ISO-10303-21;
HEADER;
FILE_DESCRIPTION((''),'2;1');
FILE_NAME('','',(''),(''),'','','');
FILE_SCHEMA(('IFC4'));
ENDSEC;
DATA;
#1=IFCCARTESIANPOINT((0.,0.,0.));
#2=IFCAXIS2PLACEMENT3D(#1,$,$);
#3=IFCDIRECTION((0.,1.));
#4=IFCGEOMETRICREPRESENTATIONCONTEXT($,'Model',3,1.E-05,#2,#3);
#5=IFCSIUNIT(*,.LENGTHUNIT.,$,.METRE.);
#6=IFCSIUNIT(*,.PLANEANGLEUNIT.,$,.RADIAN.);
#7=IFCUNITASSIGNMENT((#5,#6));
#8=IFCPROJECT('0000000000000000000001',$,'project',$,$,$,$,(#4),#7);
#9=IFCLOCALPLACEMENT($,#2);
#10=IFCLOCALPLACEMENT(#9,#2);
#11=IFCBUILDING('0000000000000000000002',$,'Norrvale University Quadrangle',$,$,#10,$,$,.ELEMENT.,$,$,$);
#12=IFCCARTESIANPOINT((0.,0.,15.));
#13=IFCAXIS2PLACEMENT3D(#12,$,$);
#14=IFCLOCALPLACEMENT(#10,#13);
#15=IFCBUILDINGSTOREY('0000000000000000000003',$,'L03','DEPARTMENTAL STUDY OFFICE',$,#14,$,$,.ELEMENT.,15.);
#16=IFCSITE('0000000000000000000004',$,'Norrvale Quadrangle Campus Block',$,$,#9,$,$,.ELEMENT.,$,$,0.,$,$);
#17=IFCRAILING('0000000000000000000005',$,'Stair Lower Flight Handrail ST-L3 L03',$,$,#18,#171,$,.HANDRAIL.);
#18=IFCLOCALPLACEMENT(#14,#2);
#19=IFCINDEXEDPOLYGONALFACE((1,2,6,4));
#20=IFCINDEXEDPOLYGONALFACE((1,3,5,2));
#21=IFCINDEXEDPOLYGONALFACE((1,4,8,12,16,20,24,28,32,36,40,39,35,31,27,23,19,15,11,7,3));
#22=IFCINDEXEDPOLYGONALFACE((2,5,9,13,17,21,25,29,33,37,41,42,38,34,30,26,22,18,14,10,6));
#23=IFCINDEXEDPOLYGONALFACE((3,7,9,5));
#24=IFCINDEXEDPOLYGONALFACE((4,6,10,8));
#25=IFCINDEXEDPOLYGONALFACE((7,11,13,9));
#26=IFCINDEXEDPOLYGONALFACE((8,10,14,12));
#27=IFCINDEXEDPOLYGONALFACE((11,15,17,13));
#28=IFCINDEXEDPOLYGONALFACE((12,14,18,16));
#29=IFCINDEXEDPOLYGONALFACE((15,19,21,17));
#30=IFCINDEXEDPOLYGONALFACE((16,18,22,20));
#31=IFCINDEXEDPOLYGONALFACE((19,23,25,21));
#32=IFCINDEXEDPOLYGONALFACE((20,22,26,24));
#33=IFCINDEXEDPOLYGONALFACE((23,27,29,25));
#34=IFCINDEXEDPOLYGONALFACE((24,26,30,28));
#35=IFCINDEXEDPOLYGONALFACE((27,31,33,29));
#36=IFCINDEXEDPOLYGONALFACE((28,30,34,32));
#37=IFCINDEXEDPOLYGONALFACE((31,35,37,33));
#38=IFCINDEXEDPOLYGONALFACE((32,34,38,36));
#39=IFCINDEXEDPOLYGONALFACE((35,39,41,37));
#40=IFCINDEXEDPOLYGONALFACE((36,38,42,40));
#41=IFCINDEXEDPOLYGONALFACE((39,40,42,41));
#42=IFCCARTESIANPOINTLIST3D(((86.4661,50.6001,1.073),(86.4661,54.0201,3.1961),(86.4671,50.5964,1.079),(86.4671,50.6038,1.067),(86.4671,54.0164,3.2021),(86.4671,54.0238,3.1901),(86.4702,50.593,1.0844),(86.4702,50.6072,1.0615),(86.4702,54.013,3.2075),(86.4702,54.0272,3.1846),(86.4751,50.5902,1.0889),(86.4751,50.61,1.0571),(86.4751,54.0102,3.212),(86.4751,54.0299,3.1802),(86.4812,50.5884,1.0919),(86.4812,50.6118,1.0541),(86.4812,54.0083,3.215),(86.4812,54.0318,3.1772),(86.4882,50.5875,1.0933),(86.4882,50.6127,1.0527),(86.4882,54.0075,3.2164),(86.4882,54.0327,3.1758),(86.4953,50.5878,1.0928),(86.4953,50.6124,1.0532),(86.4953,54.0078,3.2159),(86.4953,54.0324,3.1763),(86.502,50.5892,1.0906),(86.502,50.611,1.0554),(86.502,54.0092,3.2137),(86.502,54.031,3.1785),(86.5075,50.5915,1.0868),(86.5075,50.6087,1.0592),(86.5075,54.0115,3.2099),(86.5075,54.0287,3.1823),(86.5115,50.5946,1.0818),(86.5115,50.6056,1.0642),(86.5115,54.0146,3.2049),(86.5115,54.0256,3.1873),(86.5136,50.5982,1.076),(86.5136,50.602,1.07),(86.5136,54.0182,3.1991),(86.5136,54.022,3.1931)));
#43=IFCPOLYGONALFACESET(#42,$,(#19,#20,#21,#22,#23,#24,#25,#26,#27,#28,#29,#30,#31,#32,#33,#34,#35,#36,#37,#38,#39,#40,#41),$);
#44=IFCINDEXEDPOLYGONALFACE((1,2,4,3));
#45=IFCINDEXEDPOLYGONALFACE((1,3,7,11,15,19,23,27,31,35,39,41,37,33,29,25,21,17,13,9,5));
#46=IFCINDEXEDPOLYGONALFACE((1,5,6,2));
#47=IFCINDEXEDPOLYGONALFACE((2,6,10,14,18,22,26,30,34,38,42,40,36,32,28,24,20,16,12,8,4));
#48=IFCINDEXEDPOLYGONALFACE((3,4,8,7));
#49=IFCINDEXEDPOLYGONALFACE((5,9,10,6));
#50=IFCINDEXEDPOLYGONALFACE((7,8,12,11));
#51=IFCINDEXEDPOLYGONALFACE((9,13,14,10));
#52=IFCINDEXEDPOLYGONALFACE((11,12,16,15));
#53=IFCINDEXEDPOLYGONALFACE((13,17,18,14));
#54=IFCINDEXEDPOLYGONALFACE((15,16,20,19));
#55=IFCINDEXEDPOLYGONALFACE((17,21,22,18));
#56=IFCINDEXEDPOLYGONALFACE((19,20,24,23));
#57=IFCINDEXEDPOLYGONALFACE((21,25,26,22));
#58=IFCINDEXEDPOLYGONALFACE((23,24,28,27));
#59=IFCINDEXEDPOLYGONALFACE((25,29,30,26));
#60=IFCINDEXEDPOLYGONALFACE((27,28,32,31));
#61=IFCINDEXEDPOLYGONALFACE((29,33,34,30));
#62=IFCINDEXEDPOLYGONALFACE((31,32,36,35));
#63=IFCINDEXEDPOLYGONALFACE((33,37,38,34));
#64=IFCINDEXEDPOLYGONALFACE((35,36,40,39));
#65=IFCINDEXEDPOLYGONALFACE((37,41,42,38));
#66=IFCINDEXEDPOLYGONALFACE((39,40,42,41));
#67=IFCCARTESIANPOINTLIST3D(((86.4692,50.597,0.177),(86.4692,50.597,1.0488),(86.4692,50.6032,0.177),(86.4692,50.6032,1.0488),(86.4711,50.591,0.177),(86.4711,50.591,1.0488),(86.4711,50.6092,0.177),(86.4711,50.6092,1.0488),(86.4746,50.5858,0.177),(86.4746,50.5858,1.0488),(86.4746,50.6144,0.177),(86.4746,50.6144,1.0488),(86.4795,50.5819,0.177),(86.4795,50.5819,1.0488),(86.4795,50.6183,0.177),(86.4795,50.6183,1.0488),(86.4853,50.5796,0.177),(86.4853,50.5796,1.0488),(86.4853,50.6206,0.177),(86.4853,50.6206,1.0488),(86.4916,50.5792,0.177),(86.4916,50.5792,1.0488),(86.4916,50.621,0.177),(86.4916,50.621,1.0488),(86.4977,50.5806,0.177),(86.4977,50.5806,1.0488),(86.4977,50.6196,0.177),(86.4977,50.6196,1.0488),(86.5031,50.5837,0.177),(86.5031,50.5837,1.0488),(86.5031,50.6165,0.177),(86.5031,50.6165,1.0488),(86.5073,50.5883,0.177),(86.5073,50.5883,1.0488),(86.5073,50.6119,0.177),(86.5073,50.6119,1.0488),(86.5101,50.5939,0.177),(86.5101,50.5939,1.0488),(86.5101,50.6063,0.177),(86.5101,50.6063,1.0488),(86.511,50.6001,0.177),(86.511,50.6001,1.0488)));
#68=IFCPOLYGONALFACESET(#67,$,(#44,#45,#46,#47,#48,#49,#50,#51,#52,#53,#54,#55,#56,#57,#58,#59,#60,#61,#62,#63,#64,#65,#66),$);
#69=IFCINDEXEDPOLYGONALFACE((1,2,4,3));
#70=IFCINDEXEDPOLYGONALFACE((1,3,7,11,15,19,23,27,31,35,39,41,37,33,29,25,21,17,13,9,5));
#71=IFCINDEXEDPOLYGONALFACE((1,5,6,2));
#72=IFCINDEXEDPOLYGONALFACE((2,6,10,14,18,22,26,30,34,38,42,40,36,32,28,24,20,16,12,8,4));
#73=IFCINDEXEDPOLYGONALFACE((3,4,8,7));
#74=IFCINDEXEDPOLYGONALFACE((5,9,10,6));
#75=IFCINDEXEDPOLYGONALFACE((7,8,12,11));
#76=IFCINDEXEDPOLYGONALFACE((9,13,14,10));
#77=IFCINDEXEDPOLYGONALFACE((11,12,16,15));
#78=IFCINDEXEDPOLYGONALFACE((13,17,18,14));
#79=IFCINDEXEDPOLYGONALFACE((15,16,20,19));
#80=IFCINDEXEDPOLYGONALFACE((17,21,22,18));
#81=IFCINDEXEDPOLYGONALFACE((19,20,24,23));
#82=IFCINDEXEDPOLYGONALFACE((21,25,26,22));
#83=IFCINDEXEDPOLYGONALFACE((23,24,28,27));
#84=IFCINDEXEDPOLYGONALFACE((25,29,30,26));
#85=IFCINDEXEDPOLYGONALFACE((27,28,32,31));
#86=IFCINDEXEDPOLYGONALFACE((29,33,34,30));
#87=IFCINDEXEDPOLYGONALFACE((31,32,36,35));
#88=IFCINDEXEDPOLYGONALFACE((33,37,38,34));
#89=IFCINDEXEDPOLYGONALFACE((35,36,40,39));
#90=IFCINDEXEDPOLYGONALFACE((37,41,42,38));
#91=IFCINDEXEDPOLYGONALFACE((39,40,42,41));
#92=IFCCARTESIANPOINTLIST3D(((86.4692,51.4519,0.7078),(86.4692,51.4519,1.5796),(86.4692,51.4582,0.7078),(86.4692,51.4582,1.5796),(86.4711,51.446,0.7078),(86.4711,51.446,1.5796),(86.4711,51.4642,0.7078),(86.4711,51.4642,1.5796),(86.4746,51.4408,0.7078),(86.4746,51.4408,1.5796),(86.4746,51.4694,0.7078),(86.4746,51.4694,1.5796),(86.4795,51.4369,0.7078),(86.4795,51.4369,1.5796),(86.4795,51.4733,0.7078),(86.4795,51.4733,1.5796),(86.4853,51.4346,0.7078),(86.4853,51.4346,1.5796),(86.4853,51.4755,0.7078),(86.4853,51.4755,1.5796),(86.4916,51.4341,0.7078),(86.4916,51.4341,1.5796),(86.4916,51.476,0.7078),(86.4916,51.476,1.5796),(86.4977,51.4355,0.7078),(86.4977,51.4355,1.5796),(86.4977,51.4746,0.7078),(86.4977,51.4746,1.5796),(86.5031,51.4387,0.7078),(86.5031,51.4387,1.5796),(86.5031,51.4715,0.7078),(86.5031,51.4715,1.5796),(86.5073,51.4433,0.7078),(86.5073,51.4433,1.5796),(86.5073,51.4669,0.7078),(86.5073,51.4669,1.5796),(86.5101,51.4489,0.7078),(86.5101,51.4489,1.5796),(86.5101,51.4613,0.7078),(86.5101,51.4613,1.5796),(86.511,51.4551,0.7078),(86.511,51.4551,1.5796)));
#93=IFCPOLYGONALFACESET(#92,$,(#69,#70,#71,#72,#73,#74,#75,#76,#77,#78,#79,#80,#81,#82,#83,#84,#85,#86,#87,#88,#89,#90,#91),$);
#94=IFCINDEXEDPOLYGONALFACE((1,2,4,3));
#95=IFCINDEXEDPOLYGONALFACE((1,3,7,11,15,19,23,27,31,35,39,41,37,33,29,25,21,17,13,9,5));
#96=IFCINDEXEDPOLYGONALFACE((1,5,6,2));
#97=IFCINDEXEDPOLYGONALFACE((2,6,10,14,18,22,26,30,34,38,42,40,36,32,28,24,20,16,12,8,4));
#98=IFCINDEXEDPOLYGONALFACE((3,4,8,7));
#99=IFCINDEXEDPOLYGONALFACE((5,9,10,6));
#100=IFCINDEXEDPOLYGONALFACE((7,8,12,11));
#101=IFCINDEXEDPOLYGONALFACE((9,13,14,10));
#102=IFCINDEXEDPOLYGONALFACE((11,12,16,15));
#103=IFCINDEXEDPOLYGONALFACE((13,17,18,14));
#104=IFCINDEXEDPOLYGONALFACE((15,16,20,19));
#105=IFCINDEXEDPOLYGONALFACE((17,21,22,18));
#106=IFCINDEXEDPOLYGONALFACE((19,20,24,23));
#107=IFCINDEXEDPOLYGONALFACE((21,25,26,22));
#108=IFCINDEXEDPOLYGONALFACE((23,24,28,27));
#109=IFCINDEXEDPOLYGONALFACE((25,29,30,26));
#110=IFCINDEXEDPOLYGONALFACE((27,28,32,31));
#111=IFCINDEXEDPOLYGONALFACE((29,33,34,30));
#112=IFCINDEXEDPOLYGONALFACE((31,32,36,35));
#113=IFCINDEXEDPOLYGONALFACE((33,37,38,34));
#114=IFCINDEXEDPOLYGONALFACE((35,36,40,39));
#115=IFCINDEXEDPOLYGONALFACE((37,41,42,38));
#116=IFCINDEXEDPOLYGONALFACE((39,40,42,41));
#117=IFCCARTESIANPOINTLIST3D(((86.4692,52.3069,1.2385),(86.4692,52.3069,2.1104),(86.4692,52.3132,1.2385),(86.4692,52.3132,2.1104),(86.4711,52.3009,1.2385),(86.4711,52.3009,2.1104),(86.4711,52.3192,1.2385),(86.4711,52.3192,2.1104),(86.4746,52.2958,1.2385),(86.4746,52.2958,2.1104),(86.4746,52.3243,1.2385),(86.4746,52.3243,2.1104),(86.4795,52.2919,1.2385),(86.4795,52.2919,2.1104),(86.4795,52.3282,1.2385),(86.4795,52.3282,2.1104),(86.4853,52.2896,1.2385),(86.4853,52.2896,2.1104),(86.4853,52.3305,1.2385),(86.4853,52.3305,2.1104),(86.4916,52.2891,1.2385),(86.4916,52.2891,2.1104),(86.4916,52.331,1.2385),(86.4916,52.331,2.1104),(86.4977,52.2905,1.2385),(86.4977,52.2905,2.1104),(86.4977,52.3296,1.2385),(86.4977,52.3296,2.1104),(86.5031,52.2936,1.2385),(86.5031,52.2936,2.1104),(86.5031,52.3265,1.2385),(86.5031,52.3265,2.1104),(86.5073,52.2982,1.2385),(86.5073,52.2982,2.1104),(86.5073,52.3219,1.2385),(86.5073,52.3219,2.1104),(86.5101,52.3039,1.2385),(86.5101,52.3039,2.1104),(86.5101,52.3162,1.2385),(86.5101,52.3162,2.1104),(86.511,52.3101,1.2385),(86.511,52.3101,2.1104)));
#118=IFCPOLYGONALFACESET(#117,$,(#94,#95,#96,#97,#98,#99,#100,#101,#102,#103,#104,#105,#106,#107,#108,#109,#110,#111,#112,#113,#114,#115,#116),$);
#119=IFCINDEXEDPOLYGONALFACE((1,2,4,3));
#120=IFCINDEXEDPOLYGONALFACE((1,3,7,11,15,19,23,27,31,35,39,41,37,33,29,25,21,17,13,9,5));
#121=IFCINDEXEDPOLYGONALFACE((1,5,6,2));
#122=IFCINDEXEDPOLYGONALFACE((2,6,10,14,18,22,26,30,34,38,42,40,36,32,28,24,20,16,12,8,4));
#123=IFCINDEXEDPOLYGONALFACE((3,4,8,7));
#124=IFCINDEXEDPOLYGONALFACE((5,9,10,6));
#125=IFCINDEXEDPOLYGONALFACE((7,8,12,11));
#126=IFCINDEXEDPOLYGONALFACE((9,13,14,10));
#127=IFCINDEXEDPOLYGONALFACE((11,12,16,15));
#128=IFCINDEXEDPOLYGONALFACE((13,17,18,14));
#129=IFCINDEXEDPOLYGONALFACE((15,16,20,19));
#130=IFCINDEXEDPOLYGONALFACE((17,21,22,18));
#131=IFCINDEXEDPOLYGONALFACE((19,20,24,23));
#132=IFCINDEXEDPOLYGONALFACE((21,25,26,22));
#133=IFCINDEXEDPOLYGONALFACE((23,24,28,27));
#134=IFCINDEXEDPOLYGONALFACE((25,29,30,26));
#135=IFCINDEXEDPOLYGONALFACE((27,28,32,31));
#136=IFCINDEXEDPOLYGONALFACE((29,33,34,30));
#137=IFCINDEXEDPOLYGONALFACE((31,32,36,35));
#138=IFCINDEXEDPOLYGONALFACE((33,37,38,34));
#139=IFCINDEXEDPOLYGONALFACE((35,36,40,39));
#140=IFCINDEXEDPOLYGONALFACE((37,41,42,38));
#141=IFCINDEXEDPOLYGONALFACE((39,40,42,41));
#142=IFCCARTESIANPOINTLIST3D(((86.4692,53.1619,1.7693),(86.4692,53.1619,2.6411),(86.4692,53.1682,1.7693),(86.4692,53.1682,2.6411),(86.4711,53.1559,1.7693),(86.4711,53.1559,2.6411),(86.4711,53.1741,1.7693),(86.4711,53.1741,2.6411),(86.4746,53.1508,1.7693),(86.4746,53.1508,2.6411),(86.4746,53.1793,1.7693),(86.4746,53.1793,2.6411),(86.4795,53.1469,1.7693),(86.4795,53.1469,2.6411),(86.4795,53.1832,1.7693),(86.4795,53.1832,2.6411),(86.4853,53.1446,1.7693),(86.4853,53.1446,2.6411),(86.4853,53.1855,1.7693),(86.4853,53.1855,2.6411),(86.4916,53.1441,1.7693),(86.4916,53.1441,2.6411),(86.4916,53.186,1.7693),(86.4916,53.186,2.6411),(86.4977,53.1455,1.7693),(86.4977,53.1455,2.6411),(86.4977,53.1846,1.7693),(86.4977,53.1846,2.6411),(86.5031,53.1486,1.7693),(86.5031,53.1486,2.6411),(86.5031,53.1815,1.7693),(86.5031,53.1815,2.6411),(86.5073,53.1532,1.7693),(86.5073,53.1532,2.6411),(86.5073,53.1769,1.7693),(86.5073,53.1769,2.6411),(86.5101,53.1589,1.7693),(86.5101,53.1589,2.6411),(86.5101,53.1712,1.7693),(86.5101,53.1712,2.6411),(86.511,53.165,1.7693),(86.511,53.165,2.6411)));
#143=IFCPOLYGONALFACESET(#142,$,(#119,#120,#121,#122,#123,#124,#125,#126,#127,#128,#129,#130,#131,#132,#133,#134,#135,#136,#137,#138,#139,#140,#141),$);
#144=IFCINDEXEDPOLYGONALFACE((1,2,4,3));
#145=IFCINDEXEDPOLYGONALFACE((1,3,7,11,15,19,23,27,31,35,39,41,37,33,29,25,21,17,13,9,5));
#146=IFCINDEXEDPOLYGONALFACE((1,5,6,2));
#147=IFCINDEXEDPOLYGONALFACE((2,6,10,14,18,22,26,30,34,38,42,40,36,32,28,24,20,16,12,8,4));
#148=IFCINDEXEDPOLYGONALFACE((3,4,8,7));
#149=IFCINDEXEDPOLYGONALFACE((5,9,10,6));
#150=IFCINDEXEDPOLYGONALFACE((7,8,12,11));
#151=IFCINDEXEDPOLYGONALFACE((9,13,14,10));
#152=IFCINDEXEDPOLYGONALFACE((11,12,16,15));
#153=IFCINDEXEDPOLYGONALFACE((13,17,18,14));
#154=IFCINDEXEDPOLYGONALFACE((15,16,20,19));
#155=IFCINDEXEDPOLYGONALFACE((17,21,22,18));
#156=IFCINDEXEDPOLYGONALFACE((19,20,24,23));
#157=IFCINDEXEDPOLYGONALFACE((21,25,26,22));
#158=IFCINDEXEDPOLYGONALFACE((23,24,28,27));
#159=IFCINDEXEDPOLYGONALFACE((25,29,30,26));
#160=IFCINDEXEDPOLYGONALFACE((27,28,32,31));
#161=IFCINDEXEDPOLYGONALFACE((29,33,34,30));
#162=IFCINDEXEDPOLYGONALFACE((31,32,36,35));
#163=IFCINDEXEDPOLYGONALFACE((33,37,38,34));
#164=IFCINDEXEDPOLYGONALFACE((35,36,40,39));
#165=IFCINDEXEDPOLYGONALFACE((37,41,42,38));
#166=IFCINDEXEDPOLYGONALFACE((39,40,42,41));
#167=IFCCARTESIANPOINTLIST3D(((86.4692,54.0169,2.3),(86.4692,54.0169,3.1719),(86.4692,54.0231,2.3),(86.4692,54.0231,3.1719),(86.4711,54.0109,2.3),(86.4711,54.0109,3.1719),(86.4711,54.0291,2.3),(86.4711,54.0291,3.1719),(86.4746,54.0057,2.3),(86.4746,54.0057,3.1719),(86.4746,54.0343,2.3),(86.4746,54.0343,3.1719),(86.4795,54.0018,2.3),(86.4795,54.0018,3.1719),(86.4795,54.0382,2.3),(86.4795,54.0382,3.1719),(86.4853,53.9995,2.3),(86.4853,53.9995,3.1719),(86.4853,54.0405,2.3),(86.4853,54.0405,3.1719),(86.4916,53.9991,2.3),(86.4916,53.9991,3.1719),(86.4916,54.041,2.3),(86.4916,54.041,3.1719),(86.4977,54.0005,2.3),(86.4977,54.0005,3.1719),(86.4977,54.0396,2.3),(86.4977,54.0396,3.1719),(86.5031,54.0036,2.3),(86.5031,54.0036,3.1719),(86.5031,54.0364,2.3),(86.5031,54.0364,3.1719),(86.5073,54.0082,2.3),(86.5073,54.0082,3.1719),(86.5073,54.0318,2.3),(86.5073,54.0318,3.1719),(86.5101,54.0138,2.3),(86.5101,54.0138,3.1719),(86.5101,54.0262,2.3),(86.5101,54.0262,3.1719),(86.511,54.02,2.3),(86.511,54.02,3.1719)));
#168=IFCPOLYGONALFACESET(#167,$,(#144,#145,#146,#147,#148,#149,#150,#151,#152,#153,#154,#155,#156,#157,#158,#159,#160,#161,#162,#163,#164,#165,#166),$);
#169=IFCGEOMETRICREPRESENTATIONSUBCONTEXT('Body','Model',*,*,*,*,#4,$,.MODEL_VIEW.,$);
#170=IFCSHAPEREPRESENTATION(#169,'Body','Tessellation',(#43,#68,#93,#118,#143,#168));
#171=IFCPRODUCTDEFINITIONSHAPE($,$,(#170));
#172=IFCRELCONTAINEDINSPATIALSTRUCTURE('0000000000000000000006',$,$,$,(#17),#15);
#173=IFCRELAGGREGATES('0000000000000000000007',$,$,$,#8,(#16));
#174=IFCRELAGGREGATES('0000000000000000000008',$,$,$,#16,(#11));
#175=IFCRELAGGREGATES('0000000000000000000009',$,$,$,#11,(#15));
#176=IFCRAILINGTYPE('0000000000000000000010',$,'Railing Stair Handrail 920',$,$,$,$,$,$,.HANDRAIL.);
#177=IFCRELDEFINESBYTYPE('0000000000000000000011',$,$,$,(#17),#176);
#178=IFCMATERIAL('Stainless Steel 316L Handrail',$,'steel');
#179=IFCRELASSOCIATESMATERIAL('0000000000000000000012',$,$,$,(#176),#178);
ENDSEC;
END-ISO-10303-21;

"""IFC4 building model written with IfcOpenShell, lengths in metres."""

from ifc_helpers import new_model, si_unit, direction, frame, origin, origin_2d, place, context, subcontext, project, spatial, circle, extrude, material, type_object, element, save


model = new_model("IFC4")

# Units and contexts
model_context = context("Model", 3, precision=1e-05, world=origin(), true_north=direction((0.0, 1.0)))
body_context = subcontext(model_context, "Body", "Model", "MODEL_VIEW")
ifc_project = project(units=[si_unit("LENGTHUNIT", "METRE"), si_unit("PLANEANGLEUNIT", "RADIAN")], contexts=[model_context])

# Site, building, storey
site_placement = place(None, origin())
site = spatial("IfcSite", under=ifc_project, at=site_placement, Name="Norrvale Quadrangle Campus Block", CompositionType="ELEMENT", RefElevation=0.0)
building_placement = place(site_placement, origin())
building = spatial("IfcBuilding", under=site, at=building_placement, Name="Norrvale University Quadrangle", CompositionType="ELEMENT")
storey_placement = place(building_placement, frame((0.0, 0.0, 15.0)))
storey = spatial("IfcBuildingStorey", under=building, at=storey_placement, Name="L03", Description="DEPARTMENTAL STUDY OFFICE", CompositionType="ELEMENT", Elevation=15.0)

# Railing
ifc_material_1 = material(Name="Stainless Steel 316L Handrail", Category="steel")
railing_type_1 = type_object("IfcRailingType", Name="Railing Stair Handrail 920", PredefinedType="HANDRAIL", material=ifc_material_1)
railing_1_placement = place(storey_placement, frame((86.49, 50.6001, 0.177)))
element("IfcRailing", 1, at=railing_1_placement, inside=storey, type_object=railing_type_1, Name="Stair Lower Flight Handrail ST-L3 L03", PredefinedType="HANDRAIL", context=body_context, shape_type="SweptSolid", body=[
    extrude(circle(Radius=0.0239, at=origin_2d()), frame((0.0, 0.0, 0.896), z_axis=(0.0, 0.849603, 0.527423), x_axis=(-1.0, 0.0, 0.0)), (0.0, 0.0, 1.0), 4.0254),
    extrude(circle(Radius=0.021, at=origin_2d()), origin(), (0.0, 0.0, 1.0), 0.8718),
    extrude(circle(Radius=0.021, at=origin_2d()), frame((0.0, 0.855, 0.5308)), (0.0, 0.0, 1.0), 0.8718),
    extrude(circle(Radius=0.021, at=origin_2d()), frame((0.0, 1.71, 1.0615)), (0.0, 0.0, 1.0), 0.8718),
    extrude(circle(Radius=0.021, at=origin_2d()), frame((0.0, 2.5649, 1.5923)), (0.0, 0.0, 1.0), 0.8718),
    extrude(circle(Radius=0.021, at=origin_2d()), frame((0.0, 3.4199, 2.123)), (0.0, 0.0, 1.0), 0.8718),
])

save(model, "model.ifc")
